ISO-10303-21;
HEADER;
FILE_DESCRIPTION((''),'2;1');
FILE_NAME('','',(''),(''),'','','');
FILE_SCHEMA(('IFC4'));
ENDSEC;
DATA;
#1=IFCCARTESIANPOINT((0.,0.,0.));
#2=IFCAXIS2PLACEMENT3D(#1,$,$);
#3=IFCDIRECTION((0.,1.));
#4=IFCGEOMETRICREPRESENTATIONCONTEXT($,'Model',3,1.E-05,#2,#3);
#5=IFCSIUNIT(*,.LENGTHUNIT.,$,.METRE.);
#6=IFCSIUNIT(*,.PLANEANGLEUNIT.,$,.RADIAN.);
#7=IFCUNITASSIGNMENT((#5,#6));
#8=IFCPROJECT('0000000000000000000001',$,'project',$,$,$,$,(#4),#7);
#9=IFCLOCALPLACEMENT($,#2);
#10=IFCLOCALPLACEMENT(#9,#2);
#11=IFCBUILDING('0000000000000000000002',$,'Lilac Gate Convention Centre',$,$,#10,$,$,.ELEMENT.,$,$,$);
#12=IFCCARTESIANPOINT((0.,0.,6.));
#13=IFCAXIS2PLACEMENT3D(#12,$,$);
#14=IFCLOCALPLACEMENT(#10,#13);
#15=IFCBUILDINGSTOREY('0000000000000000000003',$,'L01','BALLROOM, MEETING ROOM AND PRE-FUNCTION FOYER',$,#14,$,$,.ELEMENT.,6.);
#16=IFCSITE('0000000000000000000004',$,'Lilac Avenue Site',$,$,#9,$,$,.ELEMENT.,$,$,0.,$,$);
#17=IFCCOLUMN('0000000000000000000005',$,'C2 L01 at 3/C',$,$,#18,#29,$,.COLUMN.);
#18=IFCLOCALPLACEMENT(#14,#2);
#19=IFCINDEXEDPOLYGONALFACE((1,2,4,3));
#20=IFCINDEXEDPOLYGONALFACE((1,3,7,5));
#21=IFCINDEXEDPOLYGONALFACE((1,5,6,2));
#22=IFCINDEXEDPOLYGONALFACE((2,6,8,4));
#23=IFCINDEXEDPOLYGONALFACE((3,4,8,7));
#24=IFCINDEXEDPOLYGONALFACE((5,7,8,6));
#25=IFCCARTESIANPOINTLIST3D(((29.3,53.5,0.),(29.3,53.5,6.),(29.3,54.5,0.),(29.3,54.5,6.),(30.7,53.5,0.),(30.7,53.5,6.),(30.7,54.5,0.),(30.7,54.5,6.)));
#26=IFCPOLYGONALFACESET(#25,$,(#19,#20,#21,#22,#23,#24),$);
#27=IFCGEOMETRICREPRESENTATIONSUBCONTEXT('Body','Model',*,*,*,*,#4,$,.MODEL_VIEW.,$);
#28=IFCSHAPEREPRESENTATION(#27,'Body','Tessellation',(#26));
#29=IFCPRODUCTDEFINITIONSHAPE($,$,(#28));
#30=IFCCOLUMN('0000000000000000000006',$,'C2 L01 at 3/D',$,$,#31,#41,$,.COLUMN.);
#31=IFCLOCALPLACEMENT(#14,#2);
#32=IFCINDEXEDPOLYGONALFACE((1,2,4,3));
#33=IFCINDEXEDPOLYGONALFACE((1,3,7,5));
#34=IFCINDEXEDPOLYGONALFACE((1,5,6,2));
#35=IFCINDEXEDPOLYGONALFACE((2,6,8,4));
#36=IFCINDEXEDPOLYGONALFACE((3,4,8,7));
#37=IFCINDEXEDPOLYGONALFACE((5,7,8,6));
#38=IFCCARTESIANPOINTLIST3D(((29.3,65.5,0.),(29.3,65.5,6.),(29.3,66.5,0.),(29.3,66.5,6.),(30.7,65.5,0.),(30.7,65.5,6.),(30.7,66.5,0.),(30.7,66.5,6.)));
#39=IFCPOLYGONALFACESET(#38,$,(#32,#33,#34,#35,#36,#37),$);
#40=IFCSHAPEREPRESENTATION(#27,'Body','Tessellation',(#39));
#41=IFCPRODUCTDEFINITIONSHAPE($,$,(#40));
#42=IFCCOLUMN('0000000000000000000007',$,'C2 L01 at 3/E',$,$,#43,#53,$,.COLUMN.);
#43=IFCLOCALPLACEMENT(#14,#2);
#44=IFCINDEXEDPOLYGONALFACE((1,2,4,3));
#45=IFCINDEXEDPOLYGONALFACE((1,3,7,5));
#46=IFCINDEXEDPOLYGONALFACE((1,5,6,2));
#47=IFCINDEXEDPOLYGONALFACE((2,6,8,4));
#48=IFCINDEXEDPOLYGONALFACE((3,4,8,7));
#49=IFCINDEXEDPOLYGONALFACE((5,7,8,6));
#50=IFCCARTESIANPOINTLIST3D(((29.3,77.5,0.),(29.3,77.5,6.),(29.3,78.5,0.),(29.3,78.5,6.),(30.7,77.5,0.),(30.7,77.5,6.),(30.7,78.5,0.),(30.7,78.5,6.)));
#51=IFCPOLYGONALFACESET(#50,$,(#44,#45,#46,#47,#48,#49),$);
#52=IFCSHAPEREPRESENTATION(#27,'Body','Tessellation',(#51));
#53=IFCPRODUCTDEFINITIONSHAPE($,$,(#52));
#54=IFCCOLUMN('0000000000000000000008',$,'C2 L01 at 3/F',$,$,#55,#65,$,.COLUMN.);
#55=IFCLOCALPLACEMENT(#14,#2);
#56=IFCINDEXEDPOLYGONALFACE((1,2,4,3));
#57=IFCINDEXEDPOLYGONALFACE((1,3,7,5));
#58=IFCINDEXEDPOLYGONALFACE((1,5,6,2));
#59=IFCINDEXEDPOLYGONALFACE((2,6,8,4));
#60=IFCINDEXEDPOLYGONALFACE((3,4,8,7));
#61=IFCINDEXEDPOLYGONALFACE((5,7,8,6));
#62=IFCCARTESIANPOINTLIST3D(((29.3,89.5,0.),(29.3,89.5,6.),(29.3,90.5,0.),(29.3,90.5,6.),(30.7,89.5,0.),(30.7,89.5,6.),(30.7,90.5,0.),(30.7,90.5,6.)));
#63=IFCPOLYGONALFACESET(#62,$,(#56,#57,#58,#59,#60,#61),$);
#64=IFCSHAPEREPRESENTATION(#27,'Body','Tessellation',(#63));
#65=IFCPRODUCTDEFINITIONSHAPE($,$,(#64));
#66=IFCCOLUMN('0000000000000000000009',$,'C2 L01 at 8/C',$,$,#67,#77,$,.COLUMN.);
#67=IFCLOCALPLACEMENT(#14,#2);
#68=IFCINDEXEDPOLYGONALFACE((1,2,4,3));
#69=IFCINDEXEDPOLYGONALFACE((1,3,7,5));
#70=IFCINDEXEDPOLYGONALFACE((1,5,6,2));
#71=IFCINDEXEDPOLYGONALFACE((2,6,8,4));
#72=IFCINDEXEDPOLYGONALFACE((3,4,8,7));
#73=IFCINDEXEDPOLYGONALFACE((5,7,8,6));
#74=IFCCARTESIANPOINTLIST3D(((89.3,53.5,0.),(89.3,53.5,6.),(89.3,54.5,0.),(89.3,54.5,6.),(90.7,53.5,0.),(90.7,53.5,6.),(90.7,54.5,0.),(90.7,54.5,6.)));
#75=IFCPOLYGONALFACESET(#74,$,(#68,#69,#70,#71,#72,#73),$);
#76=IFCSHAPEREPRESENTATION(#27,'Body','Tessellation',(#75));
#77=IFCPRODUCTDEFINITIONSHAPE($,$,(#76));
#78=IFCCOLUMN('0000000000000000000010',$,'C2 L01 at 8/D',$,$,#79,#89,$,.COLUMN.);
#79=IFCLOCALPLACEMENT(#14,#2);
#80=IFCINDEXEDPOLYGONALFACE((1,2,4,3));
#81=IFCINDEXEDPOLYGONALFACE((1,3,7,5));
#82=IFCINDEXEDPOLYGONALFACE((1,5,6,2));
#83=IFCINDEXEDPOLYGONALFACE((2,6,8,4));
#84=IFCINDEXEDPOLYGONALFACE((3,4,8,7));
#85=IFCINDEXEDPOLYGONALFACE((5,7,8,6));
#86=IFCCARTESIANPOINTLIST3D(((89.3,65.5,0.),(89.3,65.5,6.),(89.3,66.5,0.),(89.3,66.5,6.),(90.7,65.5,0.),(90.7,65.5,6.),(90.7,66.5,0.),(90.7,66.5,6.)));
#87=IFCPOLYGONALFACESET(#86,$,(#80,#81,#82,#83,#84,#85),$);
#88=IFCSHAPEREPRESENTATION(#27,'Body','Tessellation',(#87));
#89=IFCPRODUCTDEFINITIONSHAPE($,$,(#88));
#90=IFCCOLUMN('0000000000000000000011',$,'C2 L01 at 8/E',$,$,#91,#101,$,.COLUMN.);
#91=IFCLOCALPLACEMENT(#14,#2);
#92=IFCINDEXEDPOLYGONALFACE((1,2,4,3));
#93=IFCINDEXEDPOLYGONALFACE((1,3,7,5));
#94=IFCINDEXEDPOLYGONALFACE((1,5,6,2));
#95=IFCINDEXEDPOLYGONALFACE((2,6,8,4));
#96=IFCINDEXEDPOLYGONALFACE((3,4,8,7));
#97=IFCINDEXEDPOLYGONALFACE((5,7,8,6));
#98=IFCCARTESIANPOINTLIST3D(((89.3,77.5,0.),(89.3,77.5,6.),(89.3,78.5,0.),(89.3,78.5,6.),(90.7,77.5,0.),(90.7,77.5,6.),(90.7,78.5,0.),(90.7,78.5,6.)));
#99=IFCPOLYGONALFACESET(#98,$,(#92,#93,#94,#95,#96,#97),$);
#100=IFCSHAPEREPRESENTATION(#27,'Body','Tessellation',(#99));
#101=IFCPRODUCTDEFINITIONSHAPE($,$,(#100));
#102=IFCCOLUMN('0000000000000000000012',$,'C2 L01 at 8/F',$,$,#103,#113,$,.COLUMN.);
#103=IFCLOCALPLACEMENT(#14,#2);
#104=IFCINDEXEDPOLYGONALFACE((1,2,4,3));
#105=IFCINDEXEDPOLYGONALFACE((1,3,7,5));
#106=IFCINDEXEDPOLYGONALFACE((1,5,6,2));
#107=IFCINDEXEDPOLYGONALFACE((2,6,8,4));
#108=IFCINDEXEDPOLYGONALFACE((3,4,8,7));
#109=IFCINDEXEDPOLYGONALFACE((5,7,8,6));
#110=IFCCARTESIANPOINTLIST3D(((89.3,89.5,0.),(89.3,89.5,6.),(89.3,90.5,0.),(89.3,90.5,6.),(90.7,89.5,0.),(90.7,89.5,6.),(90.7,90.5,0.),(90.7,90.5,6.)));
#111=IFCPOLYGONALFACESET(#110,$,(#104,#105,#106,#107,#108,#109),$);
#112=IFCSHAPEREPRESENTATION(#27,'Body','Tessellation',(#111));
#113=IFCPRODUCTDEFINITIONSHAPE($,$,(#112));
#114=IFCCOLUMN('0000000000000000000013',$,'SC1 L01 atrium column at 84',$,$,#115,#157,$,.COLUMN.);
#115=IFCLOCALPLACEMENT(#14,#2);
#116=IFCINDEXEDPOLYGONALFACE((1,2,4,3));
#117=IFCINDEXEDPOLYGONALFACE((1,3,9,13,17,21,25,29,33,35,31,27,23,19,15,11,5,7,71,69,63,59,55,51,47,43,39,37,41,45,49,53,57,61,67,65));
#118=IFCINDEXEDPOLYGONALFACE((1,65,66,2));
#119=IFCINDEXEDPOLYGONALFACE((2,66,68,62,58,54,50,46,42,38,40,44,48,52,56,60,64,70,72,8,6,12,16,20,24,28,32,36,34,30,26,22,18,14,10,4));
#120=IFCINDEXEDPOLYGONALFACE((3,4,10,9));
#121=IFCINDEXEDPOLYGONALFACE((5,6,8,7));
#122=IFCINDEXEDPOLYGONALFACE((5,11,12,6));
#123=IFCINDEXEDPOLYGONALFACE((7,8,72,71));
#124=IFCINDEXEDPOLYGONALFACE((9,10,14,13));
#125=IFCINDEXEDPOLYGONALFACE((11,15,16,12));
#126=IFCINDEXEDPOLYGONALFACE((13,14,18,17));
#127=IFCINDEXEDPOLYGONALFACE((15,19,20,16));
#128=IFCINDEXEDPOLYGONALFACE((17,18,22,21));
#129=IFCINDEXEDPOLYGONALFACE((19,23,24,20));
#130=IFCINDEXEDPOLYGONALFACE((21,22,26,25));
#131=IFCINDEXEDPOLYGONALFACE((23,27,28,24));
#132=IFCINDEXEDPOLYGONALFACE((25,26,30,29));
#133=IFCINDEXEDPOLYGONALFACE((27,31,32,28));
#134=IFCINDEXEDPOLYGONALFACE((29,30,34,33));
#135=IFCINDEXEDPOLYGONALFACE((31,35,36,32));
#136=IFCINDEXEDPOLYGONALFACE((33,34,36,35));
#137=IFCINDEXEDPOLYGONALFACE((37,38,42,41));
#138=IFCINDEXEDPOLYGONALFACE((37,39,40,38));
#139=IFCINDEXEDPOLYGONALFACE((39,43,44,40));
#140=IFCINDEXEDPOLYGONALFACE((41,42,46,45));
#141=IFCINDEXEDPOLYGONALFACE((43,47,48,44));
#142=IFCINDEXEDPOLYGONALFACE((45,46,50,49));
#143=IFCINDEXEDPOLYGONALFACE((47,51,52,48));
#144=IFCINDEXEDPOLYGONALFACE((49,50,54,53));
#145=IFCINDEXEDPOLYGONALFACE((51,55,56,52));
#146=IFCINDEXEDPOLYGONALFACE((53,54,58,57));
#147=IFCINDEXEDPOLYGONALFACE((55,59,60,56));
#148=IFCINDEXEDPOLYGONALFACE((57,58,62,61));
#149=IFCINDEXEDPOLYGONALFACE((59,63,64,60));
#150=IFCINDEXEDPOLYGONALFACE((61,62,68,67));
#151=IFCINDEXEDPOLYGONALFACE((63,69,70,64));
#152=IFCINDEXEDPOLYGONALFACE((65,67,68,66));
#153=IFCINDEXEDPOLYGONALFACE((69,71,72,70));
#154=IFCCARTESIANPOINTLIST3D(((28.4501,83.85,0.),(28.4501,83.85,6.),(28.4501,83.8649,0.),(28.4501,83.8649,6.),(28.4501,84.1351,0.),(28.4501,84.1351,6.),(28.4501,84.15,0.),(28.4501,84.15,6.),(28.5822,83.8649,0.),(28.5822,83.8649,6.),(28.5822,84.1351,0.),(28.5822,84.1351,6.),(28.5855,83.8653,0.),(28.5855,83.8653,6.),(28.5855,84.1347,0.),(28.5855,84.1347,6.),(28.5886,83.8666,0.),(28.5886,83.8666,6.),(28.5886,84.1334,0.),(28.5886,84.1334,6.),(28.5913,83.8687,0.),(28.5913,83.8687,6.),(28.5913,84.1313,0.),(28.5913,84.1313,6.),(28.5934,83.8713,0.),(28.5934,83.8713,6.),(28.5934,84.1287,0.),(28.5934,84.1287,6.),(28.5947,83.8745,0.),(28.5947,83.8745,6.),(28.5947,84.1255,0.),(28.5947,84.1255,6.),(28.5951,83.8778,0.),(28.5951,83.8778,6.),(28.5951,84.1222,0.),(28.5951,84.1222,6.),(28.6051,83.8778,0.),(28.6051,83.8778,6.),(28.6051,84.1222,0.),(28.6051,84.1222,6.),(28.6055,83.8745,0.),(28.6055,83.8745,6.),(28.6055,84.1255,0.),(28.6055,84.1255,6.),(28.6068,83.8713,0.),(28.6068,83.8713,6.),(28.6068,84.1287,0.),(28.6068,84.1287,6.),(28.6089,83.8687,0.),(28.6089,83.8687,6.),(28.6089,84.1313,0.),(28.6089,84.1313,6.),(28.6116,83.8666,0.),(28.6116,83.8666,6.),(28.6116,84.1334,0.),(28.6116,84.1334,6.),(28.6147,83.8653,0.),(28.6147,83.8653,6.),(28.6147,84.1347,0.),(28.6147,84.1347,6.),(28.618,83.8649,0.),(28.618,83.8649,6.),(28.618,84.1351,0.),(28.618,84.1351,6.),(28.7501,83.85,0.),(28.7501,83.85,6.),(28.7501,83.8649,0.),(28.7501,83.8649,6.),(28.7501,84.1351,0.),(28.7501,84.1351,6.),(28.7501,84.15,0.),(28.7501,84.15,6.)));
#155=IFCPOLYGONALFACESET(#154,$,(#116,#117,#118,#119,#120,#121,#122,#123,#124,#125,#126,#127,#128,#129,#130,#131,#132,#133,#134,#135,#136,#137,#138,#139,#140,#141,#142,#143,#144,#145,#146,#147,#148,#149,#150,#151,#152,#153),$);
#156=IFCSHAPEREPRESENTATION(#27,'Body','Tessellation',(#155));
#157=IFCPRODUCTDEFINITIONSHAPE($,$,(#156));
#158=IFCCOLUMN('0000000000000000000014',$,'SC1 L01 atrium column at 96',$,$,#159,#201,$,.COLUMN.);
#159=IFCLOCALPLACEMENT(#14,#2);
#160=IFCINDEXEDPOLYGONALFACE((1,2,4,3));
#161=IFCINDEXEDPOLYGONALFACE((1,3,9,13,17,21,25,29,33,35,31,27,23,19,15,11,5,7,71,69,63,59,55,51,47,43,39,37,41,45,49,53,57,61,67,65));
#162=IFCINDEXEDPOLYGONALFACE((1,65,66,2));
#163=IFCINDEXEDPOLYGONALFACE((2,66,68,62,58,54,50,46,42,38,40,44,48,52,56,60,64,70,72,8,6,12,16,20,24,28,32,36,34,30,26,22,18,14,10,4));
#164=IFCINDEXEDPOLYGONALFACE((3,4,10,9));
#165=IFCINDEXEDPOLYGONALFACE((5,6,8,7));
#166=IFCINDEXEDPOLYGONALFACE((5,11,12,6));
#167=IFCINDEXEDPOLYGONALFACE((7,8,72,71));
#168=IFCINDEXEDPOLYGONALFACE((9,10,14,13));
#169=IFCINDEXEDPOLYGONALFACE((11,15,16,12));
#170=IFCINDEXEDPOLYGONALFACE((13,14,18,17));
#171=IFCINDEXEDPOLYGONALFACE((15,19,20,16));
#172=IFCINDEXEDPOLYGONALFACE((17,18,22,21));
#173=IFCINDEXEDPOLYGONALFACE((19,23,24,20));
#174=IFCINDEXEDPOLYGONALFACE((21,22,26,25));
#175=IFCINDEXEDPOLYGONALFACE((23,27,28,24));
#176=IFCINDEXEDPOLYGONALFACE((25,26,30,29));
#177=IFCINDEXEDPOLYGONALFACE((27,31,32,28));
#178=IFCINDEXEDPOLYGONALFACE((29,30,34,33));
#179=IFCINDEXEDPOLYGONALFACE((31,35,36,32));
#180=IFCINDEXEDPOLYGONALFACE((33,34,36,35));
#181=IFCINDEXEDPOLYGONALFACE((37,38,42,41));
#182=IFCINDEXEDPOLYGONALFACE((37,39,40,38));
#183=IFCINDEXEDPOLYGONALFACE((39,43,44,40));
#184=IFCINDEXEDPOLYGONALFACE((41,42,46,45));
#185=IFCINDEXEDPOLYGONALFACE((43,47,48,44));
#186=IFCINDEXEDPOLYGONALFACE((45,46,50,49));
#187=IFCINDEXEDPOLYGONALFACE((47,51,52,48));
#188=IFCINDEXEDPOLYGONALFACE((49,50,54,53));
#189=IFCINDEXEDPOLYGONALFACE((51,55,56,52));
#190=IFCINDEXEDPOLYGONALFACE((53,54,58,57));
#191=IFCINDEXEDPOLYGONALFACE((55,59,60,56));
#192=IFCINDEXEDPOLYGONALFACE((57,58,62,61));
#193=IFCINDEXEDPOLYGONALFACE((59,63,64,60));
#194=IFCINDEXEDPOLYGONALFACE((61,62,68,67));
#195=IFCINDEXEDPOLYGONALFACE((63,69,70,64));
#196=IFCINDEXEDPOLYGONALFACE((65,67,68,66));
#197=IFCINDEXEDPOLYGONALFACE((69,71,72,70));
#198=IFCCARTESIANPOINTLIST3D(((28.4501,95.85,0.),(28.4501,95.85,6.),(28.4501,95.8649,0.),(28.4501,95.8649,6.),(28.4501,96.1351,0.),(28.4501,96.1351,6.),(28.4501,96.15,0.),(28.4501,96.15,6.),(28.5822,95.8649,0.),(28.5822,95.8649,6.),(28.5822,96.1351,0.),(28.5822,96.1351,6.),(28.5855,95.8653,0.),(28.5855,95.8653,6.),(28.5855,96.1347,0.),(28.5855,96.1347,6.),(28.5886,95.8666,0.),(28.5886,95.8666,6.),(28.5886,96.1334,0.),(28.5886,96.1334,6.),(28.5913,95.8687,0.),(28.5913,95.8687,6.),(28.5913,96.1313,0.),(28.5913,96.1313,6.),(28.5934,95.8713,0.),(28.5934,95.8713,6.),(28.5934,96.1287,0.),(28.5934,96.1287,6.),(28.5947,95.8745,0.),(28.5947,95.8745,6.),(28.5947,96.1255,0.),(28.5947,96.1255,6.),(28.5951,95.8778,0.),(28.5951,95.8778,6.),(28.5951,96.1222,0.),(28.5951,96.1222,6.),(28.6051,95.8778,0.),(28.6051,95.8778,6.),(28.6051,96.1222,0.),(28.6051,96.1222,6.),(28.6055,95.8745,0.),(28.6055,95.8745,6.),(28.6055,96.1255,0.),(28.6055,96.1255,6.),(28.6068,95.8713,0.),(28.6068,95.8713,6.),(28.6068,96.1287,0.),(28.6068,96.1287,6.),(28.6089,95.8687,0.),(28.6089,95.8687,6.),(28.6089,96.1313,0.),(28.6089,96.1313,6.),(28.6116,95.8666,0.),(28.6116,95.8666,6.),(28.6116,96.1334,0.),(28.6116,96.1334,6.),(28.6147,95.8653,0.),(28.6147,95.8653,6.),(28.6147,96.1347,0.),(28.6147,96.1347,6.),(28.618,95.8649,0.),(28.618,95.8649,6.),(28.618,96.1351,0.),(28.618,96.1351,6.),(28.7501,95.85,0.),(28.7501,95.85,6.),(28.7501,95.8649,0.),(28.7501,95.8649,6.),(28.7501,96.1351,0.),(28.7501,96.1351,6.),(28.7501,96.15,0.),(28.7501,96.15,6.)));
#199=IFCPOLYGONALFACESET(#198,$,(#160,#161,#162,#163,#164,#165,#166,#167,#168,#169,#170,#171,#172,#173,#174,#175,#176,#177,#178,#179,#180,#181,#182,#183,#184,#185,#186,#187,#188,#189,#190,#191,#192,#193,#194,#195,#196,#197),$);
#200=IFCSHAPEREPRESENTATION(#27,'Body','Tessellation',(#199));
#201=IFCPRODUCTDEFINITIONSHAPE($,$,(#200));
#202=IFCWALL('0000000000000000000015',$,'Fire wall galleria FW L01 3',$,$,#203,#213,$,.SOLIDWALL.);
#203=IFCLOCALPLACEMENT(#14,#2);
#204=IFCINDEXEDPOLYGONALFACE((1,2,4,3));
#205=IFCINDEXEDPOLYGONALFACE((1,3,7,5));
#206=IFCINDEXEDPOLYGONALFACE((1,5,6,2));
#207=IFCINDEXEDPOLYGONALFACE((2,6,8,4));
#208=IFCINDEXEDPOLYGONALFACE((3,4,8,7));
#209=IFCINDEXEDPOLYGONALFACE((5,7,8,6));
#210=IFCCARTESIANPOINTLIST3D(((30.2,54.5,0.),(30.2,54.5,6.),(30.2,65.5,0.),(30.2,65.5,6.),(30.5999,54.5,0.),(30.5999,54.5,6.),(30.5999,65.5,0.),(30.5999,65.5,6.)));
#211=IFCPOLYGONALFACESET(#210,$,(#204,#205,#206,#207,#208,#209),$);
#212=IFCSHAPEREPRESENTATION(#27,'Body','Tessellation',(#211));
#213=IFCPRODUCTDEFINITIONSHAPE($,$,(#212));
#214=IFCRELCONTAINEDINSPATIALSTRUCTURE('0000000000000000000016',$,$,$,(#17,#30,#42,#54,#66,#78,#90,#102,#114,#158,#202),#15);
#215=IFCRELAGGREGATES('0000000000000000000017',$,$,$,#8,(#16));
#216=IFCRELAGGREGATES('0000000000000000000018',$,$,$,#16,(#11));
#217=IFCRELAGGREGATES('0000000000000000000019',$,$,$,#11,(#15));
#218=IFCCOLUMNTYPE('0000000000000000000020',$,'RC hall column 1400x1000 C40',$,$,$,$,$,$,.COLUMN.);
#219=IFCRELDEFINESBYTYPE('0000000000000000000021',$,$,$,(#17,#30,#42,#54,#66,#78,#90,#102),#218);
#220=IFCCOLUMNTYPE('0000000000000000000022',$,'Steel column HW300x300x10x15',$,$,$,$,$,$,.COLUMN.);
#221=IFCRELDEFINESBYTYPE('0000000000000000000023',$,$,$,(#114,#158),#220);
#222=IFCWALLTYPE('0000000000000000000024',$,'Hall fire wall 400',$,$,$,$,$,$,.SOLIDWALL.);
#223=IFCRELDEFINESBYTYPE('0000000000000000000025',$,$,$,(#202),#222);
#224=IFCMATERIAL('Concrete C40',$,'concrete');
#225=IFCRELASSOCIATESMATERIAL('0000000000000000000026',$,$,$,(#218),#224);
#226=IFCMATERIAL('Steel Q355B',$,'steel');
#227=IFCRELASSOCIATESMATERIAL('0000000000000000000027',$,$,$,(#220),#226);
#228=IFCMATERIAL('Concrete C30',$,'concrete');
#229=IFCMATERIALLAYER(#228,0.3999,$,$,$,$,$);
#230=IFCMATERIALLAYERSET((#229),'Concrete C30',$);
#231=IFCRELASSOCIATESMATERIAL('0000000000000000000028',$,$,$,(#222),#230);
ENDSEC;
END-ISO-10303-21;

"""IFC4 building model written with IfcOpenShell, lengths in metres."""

from ifc_helpers import new_model, si_unit, direction, frame, frame_2d, origin, origin_2d, place, context, subcontext, project, spatial, rectangle, i_section, extrude, material, layer, layer_set, material_profile, profile_set, type_object, element, save


model = new_model("IFC4")

# Units and contexts
model_context = context("Model", 3, precision=1e-05, world=origin(), true_north=direction((0.0, 1.0)))
body_context = subcontext(model_context, "Body", "Model", "MODEL_VIEW")
ifc_project = project(units=[si_unit("LENGTHUNIT", "METRE"), si_unit("PLANEANGLEUNIT", "RADIAN")], contexts=[model_context])

# Site, building, storey
site_placement = place(None, origin())
site = spatial("IfcSite", under=ifc_project, at=site_placement, Name="Lilac Avenue Site", CompositionType="ELEMENT", RefElevation=0.0)
building_placement = place(site_placement, origin())
building = spatial("IfcBuilding", under=site, at=building_placement, Name="Lilac Gate Convention Centre", CompositionType="ELEMENT")
storey_placement = place(building_placement, frame((0.0, 0.0, 6.0)))
storey = spatial("IfcBuildingStorey", under=building, at=storey_placement, Name="L01", Description="BALLROOM, MEETING ROOM AND PRE-FUNCTION FOYER", CompositionType="ELEMENT", Elevation=6.0)

# Columns
ifc_material_1 = material(Name="Concrete C40", Category="concrete")
ifc_material_profile_1 = material_profile(ifc_material_1, rectangle(XDim=1.3999, YDim=1.0, at=origin_2d()), Name="RC 1400x1000")
ifc_profile_set_1 = profile_set([ifc_material_profile_1], Name="Concrete C40")
column_type_1 = type_object("IfcColumnType", Name="RC hall column 1400x1000 C40", PredefinedType="COLUMN", material=ifc_profile_set_1)
for number, where, z_axis, x_axis, name in (
    (1, (30.0, 54.0, 0.0), (0.0, 0.0, 1.0), (1.0, 0.0, 0.0), "C2 L01 at 3/C"),
    (2, (30.0, 66.0, 0.0), (0.0, 0.0, 1.0), (1.0, 0.0, 0.0), "C2 L01 at 3/D"),
    (3, (30.0, 78.0, 0.0), (0.0, 0.0, 1.0), (1.0, 0.0, 0.0), "C2 L01 at 3/E"),
    (4, (30.0, 90.0, 0.0), (0.0, 0.0, 1.0), (1.0, 0.0, 0.0), "C2 L01 at 3/F"),
    (5, (90.0, 54.0, 0.0), (0.0, 0.0, 1.0), (1.0, 0.0, 0.0), "C2 L01 at 8/C"),
    (6, (90.0, 66.0, 0.0), (0.0, 0.0, 1.0), (1.0, 0.0, 0.0), "C2 L01 at 8/D"),
    (7, (90.0, 78.0, 0.0), (0.0, 0.0, 1.0), (1.0, 0.0, 0.0), "C2 L01 at 8/E"),
    (8, (90.0, 90.0, 0.0), (0.0, 0.0, 1.0), (1.0, 0.0, 0.0), "C2 L01 at 8/F"),
):
    element("IfcColumn", number, at=place(storey_placement, frame(where, z_axis=z_axis, x_axis=x_axis)), inside=storey, type_object=column_type_1, Name=name, PredefinedType="COLUMN", context=body_context, shape_type="SweptSolid", body=[
        extrude(rectangle(XDim=1.3999, YDim=1.0, at=origin_2d()), origin(), (0.0, 0.0, 1.0), 6.0),
    ])
ifc_material_2 = material(Name="Steel Q355B", Category="steel")
ifc_material_profile_2 = material_profile(ifc_material_2, i_section(OverallWidth=0.3, OverallDepth=0.3, WebThickness=0.01, FlangeThickness=0.0149, FilletRadius=0.0129, at=origin_2d()), Name="HW300x300x10x15")
ifc_profile_set_2 = profile_set([ifc_material_profile_2], Name="Steel Q355B")
column_type_2 = type_object("IfcColumnType", Name="Steel column HW300x300x10x15", PredefinedType="COLUMN", material=ifc_profile_set_2)
for number, where, z_axis, x_axis, name in (
    (9, (28.6001, 84.0, 0.0), (0.0, 0.0, 1.0), (1.0, 0.0, 0.0), "SC1 L01 atrium column at 84"),
    (10, (28.6001, 96.0, 0.0), (0.0, 0.0, 1.0), (1.0, 0.0, 0.0), "SC1 L01 atrium column at 96"),
):
    element("IfcColumn", number, at=place(storey_placement, frame(where, z_axis=z_axis, x_axis=x_axis)), inside=storey, type_object=column_type_2, Name=name, PredefinedType="COLUMN", context=body_context, shape_type="SweptSolid", body=[
        extrude(i_section(OverallWidth=0.3, OverallDepth=0.3, WebThickness=0.01, FlangeThickness=0.0149, FilletRadius=0.0129, at=origin_2d()), origin(), (0.0, 0.0, 1.0), 6.0),
    ])

# Wall
ifc_material_3 = material(Name="Concrete C30", Category="concrete")
ifc_layer_1 = layer(ifc_material_3, 0.3999)
ifc_layer_set_1 = layer_set([ifc_layer_1], Name="Concrete C30")
wall_type_1 = type_object("IfcWallType", Name="Hall fire wall 400", PredefinedType="SOLIDWALL", material=ifc_layer_set_1)
for number, where, z_axis, x_axis, name in (
    (11, (30.3999, 54.5, 0.0), (0.0, 0.0, 1.0), (0.0, 1.0, 0.0), "Fire wall galleria FW L01 3"),
):
    element("IfcWall", number, at=place(storey_placement, frame(where, z_axis=z_axis, x_axis=x_axis)), inside=storey, type_object=wall_type_1, Name=name, PredefinedType="SOLIDWALL", context=body_context, shape_type="SweptSolid", body=[
        extrude(rectangle(XDim=11.0, YDim=0.3999, at=frame_2d((5.5, 0.0))), origin(), (0.0, 0.0, 1.0), 6.0),
    ])

save(model, "model.ifc")
